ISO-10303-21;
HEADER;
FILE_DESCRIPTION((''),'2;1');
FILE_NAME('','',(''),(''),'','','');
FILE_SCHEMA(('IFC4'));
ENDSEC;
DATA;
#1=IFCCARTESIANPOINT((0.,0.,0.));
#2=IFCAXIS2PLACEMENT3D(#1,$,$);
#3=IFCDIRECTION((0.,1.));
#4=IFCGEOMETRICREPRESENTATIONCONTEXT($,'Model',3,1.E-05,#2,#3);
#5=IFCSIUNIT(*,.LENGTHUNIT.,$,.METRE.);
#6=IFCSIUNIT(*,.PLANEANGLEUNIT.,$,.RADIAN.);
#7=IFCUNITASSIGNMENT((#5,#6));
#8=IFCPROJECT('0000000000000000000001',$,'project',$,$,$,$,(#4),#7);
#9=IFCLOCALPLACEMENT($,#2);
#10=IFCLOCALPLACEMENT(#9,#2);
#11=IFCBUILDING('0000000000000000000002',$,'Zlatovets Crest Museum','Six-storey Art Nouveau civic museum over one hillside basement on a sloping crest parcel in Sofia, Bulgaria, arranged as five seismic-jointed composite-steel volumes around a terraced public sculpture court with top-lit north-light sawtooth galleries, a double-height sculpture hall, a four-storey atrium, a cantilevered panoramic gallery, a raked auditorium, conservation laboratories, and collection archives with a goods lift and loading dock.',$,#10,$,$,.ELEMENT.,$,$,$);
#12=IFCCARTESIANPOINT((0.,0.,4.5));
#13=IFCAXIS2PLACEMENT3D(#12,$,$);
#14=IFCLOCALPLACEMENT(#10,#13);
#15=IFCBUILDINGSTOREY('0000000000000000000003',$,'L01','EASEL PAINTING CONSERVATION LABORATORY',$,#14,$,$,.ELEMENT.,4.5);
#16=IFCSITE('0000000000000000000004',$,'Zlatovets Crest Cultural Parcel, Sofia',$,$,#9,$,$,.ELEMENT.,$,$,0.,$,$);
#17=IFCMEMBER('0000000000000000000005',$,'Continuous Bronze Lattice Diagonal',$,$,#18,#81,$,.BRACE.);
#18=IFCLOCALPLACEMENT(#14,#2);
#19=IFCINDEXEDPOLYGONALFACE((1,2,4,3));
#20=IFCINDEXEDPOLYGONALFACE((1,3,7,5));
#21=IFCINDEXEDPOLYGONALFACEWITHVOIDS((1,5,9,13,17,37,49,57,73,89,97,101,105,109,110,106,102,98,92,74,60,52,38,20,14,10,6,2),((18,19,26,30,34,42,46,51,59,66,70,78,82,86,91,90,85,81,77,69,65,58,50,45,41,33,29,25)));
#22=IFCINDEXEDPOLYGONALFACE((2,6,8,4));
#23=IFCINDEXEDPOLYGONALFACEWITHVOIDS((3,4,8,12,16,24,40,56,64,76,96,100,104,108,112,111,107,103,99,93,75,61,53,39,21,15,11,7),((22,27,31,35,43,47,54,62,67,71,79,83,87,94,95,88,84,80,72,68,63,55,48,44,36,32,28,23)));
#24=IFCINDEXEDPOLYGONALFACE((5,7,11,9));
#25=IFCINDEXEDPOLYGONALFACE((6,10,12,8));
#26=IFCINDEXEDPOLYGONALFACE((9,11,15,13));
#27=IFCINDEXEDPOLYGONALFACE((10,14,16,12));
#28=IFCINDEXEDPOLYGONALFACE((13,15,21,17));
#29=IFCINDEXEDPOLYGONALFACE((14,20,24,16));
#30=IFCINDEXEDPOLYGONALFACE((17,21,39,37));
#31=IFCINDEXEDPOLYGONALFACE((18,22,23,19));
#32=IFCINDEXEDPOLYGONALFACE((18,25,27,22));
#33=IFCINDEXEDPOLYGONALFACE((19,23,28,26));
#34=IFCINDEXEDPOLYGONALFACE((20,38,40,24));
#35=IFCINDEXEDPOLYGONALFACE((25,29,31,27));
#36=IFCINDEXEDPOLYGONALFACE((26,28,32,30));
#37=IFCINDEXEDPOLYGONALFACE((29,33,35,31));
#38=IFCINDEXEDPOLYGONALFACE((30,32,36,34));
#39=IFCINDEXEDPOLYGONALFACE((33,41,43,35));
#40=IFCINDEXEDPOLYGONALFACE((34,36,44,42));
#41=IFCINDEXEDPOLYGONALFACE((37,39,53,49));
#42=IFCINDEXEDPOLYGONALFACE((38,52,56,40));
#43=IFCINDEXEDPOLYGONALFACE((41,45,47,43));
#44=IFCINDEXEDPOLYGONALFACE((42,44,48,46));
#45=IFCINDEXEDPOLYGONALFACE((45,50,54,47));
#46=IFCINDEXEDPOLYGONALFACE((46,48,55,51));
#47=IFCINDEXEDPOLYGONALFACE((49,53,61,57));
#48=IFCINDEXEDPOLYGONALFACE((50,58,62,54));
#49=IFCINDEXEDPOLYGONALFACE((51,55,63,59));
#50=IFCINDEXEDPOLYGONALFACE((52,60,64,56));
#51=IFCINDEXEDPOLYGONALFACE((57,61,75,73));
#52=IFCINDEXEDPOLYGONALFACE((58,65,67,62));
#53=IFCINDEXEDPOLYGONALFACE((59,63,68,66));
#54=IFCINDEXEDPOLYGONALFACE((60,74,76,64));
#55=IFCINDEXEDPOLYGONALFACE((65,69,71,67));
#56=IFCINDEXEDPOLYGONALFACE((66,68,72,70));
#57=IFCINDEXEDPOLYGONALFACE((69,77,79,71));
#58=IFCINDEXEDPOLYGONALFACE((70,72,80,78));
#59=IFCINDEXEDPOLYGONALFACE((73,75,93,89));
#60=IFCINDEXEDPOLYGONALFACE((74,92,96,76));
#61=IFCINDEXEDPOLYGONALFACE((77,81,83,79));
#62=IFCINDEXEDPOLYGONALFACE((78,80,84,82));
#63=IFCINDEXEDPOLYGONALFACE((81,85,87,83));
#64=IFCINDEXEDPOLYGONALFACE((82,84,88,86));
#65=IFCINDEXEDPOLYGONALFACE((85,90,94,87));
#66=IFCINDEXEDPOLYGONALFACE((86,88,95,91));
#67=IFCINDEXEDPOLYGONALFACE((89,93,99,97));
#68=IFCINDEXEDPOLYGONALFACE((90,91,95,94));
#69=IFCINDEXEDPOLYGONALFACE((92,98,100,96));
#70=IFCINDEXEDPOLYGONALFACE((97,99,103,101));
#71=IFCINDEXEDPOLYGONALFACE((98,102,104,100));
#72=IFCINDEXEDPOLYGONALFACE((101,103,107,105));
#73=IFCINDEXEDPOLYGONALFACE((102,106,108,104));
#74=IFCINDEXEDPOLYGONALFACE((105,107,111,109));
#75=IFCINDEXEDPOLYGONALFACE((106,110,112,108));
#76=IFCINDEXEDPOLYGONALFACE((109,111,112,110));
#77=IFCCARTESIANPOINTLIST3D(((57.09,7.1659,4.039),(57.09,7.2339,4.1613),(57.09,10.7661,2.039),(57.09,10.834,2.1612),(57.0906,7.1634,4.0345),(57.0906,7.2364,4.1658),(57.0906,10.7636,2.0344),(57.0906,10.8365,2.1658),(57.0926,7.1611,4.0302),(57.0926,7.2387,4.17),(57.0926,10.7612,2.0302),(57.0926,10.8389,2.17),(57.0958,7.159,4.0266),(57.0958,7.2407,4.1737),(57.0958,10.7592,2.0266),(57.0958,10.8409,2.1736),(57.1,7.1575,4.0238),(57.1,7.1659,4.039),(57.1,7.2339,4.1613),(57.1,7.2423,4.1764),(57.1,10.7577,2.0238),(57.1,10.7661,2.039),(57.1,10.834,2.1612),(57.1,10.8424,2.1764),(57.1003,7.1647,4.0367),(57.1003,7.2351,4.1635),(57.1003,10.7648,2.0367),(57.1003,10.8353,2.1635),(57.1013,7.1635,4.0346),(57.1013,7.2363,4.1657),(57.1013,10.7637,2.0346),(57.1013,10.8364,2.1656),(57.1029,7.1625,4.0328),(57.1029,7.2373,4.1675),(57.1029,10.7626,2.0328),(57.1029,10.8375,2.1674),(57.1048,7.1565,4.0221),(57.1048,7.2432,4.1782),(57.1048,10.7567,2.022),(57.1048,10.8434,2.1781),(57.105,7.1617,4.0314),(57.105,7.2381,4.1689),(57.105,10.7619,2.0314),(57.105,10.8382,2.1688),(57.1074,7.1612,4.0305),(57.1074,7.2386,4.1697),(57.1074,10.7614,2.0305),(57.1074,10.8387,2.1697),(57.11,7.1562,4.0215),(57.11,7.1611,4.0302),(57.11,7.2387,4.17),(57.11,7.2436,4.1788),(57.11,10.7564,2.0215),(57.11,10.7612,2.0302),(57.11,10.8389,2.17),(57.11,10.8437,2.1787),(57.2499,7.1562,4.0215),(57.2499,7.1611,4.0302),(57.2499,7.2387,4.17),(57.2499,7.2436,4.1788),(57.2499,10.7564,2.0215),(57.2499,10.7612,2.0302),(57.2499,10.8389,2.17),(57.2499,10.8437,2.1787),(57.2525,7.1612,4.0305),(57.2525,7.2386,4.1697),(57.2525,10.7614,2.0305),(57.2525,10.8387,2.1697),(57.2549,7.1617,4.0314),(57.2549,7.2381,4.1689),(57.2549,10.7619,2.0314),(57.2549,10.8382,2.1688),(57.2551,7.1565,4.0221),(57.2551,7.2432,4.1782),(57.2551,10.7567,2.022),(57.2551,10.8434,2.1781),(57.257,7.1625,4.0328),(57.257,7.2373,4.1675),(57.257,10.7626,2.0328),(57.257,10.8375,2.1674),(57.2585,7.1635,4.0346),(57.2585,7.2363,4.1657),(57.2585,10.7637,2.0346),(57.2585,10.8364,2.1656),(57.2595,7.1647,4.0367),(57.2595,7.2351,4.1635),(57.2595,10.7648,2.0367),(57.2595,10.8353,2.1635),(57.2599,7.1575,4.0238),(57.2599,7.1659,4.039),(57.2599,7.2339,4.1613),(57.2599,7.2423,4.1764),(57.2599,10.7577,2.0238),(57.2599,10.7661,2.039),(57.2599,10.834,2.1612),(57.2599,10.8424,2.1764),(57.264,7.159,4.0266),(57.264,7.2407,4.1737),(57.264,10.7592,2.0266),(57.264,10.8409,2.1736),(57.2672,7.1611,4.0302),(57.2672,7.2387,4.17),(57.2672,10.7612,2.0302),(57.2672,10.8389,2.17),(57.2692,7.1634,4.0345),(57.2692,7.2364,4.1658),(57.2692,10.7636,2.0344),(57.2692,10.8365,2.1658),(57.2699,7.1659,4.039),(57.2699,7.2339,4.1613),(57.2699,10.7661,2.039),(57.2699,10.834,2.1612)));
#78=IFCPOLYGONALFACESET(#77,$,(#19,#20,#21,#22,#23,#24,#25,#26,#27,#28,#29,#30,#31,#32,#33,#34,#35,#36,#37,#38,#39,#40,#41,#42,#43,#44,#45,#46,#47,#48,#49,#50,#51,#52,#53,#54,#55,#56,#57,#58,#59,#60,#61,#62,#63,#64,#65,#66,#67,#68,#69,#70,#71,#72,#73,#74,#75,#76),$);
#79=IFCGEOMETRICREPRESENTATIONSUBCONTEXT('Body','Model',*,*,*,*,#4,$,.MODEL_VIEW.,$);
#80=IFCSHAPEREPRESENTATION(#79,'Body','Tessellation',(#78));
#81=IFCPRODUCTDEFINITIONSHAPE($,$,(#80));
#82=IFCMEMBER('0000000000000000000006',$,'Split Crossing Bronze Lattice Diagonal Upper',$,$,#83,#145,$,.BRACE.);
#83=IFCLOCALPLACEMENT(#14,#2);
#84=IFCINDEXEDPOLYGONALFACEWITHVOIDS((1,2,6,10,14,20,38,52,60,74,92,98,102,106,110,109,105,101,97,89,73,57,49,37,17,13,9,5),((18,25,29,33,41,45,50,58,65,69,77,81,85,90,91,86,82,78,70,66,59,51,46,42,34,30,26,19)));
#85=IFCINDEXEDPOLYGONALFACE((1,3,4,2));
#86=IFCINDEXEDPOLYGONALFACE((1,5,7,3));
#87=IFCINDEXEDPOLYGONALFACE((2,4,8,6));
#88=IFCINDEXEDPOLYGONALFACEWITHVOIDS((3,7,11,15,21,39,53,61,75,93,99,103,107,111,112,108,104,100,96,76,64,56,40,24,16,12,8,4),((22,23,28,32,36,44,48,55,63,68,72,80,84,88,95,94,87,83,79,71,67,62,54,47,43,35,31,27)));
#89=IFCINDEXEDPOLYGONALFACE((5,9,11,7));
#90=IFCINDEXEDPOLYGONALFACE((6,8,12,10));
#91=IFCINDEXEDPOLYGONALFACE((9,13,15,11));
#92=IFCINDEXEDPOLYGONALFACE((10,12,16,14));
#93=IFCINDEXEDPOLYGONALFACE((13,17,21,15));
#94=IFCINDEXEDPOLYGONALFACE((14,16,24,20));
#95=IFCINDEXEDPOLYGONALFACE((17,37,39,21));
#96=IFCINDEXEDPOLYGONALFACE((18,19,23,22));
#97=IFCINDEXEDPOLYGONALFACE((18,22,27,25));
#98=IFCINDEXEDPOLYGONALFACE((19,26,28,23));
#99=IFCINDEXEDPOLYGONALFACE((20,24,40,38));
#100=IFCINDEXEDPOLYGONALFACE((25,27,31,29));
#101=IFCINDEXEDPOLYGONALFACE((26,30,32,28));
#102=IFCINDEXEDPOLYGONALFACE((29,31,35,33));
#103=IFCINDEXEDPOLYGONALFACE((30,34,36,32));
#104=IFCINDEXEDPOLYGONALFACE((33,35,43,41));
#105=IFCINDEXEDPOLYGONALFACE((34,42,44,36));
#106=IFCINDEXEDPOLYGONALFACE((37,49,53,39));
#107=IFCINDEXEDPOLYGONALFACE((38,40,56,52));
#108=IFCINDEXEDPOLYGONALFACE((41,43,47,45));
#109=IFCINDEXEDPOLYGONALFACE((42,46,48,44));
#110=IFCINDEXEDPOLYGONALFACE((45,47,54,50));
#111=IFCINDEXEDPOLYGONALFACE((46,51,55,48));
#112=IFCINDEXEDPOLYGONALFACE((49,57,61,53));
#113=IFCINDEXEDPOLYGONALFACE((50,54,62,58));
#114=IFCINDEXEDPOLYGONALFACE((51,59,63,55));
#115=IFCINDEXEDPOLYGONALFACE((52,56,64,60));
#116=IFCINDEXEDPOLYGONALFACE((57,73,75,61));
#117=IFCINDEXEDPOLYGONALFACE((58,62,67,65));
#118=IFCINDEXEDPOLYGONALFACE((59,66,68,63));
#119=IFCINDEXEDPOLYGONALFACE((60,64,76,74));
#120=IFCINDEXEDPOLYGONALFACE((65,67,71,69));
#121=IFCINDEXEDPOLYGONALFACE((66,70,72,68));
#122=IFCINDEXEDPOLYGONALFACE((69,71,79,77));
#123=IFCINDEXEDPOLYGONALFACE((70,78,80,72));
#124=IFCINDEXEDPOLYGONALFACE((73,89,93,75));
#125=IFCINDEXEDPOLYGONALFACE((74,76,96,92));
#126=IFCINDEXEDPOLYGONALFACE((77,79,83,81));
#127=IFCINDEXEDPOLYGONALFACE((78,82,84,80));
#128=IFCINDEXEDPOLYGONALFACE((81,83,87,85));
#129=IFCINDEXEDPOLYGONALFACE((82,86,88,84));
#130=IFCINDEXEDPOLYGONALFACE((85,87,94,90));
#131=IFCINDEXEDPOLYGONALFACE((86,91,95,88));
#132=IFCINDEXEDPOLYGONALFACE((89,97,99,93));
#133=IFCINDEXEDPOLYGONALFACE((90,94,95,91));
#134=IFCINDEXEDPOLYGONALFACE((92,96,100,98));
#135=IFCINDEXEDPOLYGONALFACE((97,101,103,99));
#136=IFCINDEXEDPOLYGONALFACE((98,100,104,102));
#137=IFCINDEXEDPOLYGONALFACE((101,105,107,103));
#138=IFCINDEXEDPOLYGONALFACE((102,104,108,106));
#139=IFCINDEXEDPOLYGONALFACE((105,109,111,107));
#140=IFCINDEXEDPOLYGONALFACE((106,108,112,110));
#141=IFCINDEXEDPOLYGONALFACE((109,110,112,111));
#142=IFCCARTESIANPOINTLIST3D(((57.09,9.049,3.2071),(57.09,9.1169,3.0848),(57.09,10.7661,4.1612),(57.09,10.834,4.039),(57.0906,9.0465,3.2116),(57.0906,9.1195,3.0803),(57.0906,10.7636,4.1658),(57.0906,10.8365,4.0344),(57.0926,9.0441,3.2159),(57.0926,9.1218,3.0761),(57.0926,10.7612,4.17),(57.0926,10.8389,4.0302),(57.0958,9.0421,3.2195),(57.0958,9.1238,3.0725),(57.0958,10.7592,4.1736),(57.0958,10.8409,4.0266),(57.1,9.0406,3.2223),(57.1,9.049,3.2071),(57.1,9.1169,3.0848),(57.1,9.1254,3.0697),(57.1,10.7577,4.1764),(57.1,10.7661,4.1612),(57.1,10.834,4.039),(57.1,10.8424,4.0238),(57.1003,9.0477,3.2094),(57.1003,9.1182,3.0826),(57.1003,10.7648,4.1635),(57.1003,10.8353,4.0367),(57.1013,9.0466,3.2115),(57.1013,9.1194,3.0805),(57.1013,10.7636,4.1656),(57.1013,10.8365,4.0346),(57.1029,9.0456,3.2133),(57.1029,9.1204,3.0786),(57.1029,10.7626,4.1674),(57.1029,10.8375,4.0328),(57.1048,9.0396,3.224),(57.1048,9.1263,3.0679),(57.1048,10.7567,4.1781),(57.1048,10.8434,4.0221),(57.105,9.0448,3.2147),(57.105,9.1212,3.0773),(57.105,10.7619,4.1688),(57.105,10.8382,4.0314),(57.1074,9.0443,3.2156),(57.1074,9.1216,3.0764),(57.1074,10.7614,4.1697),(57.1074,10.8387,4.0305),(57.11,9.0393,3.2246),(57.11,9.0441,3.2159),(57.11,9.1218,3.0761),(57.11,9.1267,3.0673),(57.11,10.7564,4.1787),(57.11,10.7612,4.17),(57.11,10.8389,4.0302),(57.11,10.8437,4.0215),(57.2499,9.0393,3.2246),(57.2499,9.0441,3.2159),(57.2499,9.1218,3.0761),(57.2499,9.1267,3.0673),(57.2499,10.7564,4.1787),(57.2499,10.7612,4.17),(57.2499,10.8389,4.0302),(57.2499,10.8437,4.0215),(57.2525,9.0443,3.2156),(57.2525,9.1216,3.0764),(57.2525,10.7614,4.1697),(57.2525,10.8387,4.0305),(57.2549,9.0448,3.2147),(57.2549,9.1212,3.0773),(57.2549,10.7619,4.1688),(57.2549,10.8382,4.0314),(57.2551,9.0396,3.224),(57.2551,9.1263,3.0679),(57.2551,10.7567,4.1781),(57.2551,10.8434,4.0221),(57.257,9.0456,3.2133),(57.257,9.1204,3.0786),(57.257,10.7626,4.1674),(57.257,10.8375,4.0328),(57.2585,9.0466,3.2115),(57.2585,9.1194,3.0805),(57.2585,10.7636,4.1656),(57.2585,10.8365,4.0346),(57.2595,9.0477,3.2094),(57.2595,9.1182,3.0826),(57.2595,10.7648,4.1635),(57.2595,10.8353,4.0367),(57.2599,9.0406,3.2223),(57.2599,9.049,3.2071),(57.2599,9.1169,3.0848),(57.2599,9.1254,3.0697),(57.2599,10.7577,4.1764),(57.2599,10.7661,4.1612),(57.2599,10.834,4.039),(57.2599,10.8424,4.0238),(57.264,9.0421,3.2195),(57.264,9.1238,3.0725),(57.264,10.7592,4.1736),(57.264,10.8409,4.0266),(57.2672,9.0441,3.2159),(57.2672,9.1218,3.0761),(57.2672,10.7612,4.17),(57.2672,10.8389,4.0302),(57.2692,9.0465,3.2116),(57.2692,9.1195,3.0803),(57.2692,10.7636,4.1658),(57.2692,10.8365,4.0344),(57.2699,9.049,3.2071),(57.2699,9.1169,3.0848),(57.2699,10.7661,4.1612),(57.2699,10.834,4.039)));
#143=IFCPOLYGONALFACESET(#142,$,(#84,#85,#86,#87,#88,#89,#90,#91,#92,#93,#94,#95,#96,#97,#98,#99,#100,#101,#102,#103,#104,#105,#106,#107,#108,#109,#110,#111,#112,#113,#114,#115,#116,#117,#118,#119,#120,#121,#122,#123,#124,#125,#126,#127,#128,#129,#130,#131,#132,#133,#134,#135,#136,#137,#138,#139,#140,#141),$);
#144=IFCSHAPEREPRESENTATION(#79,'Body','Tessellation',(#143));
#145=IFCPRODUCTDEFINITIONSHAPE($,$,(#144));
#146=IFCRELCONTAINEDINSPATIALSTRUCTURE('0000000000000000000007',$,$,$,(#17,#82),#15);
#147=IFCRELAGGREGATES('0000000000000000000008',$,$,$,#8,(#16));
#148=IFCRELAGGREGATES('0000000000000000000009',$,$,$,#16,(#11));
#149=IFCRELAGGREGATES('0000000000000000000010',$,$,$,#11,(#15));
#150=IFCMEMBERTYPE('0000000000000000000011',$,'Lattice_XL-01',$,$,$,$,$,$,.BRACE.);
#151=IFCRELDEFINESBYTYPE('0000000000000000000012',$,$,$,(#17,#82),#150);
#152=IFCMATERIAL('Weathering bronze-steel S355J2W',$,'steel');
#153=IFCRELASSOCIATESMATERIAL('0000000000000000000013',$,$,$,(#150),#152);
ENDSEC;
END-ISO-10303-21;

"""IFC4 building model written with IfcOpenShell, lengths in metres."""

from ifc_helpers import new_model, si_unit, direction, frame, origin, origin_2d, place, context, subcontext, project, spatial, hollow_rectangle, extrude, material, material_profile, profile_set, type_object, element, save


model = new_model("IFC4")

# Units and contexts
model_context = context("Model", 3, precision=1e-05, world=origin(), true_north=direction((0.0, 1.0)))
body_context = subcontext(model_context, "Body", "Model", "MODEL_VIEW")
ifc_project = project(units=[si_unit("LENGTHUNIT", "METRE"), si_unit("PLANEANGLEUNIT", "RADIAN")], contexts=[model_context])

# Site, building, storey
site_placement = place(None, origin())
site = spatial("IfcSite", under=ifc_project, at=site_placement, Name="Zlatovets Crest Cultural Parcel, Sofia", CompositionType="ELEMENT", RefElevation=0.0)
building_placement = place(site_placement, origin())
building = spatial("IfcBuilding", under=site, at=building_placement, Name="Zlatovets Crest Museum", Description="Six-storey Art Nouveau civic museum over one hillside basement on a sloping crest parcel in Sofia, Bulgaria, arranged as five seismic-jointed composite-steel volumes around a terraced public sculpture court with top-lit north-light sawtooth galleries, a double-height sculpture hall, a four-storey atrium, a cantilevered panoramic gallery, a raked auditorium, conservation laboratories, and collection archives with a goods lift and loading dock.", CompositionType="ELEMENT")
storey_placement = place(building_placement, frame((0.0, 0.0, 4.5)))
storey = spatial("IfcBuildingStorey", under=building, at=storey_placement, Name="L01", Description="EASEL PAINTING CONSERVATION LABORATORY", CompositionType="ELEMENT", Elevation=4.5)

# Members
ifc_material_1 = material(Name="Weathering bronze-steel S355J2W", Category="steel")
ifc_material_profile_1 = material_profile(ifc_material_1, hollow_rectangle(XDim=0.1799, YDim=0.1799, WallThickness=0.01, InnerFilletRadius=0.01, OuterFilletRadius=0.02, at=origin_2d()), Name="SHS 180x180x10.0")
ifc_profile_set_1 = profile_set([ifc_material_profile_1], Name="Weathering bronze-steel S355J2W")
member_type_1 = type_object("IfcMemberType", Name="Lattice_XL-01", PredefinedType="BRACE", material=ifc_profile_set_1)
member_1_placement = place(storey_placement, frame((57.1799, 10.8, 2.1001), z_axis=(0.0, -0.874163, 0.485633), x_axis=(1.0, 0.0, 0.0)))
element("IfcMember", 1, at=member_1_placement, inside=storey, type_object=member_type_1, Name="Continuous Bronze Lattice Diagonal", PredefinedType="BRACE", context=body_context, shape_type="SweptSolid", body=[
    extrude(hollow_rectangle(XDim=0.1799, YDim=0.1799, WallThickness=0.01, InnerFilletRadius=0.01, OuterFilletRadius=0.02, at=origin_2d()), origin(), (0.0, 0.0, 1.0), 4.1184),
])
member_2_placement = place(storey_placement, frame((57.1799, 10.8, 4.1001), z_axis=(0.0, -0.874116, -0.485717), x_axis=(1.0, 0.0, 0.0)))
element("IfcMember", 2, at=member_2_placement, inside=storey, type_object=member_type_1, Name="Split Crossing Bronze Lattice Diagonal Upper", PredefinedType="BRACE", context=body_context, shape_type="SweptSolid", body=[
    extrude(hollow_rectangle(XDim=0.1799, YDim=0.1799, WallThickness=0.01, InnerFilletRadius=0.01, OuterFilletRadius=0.02, at=origin_2d()), origin(), (0.0, 0.0, 1.0), 1.9644),
])

save(model, "model.ifc")
